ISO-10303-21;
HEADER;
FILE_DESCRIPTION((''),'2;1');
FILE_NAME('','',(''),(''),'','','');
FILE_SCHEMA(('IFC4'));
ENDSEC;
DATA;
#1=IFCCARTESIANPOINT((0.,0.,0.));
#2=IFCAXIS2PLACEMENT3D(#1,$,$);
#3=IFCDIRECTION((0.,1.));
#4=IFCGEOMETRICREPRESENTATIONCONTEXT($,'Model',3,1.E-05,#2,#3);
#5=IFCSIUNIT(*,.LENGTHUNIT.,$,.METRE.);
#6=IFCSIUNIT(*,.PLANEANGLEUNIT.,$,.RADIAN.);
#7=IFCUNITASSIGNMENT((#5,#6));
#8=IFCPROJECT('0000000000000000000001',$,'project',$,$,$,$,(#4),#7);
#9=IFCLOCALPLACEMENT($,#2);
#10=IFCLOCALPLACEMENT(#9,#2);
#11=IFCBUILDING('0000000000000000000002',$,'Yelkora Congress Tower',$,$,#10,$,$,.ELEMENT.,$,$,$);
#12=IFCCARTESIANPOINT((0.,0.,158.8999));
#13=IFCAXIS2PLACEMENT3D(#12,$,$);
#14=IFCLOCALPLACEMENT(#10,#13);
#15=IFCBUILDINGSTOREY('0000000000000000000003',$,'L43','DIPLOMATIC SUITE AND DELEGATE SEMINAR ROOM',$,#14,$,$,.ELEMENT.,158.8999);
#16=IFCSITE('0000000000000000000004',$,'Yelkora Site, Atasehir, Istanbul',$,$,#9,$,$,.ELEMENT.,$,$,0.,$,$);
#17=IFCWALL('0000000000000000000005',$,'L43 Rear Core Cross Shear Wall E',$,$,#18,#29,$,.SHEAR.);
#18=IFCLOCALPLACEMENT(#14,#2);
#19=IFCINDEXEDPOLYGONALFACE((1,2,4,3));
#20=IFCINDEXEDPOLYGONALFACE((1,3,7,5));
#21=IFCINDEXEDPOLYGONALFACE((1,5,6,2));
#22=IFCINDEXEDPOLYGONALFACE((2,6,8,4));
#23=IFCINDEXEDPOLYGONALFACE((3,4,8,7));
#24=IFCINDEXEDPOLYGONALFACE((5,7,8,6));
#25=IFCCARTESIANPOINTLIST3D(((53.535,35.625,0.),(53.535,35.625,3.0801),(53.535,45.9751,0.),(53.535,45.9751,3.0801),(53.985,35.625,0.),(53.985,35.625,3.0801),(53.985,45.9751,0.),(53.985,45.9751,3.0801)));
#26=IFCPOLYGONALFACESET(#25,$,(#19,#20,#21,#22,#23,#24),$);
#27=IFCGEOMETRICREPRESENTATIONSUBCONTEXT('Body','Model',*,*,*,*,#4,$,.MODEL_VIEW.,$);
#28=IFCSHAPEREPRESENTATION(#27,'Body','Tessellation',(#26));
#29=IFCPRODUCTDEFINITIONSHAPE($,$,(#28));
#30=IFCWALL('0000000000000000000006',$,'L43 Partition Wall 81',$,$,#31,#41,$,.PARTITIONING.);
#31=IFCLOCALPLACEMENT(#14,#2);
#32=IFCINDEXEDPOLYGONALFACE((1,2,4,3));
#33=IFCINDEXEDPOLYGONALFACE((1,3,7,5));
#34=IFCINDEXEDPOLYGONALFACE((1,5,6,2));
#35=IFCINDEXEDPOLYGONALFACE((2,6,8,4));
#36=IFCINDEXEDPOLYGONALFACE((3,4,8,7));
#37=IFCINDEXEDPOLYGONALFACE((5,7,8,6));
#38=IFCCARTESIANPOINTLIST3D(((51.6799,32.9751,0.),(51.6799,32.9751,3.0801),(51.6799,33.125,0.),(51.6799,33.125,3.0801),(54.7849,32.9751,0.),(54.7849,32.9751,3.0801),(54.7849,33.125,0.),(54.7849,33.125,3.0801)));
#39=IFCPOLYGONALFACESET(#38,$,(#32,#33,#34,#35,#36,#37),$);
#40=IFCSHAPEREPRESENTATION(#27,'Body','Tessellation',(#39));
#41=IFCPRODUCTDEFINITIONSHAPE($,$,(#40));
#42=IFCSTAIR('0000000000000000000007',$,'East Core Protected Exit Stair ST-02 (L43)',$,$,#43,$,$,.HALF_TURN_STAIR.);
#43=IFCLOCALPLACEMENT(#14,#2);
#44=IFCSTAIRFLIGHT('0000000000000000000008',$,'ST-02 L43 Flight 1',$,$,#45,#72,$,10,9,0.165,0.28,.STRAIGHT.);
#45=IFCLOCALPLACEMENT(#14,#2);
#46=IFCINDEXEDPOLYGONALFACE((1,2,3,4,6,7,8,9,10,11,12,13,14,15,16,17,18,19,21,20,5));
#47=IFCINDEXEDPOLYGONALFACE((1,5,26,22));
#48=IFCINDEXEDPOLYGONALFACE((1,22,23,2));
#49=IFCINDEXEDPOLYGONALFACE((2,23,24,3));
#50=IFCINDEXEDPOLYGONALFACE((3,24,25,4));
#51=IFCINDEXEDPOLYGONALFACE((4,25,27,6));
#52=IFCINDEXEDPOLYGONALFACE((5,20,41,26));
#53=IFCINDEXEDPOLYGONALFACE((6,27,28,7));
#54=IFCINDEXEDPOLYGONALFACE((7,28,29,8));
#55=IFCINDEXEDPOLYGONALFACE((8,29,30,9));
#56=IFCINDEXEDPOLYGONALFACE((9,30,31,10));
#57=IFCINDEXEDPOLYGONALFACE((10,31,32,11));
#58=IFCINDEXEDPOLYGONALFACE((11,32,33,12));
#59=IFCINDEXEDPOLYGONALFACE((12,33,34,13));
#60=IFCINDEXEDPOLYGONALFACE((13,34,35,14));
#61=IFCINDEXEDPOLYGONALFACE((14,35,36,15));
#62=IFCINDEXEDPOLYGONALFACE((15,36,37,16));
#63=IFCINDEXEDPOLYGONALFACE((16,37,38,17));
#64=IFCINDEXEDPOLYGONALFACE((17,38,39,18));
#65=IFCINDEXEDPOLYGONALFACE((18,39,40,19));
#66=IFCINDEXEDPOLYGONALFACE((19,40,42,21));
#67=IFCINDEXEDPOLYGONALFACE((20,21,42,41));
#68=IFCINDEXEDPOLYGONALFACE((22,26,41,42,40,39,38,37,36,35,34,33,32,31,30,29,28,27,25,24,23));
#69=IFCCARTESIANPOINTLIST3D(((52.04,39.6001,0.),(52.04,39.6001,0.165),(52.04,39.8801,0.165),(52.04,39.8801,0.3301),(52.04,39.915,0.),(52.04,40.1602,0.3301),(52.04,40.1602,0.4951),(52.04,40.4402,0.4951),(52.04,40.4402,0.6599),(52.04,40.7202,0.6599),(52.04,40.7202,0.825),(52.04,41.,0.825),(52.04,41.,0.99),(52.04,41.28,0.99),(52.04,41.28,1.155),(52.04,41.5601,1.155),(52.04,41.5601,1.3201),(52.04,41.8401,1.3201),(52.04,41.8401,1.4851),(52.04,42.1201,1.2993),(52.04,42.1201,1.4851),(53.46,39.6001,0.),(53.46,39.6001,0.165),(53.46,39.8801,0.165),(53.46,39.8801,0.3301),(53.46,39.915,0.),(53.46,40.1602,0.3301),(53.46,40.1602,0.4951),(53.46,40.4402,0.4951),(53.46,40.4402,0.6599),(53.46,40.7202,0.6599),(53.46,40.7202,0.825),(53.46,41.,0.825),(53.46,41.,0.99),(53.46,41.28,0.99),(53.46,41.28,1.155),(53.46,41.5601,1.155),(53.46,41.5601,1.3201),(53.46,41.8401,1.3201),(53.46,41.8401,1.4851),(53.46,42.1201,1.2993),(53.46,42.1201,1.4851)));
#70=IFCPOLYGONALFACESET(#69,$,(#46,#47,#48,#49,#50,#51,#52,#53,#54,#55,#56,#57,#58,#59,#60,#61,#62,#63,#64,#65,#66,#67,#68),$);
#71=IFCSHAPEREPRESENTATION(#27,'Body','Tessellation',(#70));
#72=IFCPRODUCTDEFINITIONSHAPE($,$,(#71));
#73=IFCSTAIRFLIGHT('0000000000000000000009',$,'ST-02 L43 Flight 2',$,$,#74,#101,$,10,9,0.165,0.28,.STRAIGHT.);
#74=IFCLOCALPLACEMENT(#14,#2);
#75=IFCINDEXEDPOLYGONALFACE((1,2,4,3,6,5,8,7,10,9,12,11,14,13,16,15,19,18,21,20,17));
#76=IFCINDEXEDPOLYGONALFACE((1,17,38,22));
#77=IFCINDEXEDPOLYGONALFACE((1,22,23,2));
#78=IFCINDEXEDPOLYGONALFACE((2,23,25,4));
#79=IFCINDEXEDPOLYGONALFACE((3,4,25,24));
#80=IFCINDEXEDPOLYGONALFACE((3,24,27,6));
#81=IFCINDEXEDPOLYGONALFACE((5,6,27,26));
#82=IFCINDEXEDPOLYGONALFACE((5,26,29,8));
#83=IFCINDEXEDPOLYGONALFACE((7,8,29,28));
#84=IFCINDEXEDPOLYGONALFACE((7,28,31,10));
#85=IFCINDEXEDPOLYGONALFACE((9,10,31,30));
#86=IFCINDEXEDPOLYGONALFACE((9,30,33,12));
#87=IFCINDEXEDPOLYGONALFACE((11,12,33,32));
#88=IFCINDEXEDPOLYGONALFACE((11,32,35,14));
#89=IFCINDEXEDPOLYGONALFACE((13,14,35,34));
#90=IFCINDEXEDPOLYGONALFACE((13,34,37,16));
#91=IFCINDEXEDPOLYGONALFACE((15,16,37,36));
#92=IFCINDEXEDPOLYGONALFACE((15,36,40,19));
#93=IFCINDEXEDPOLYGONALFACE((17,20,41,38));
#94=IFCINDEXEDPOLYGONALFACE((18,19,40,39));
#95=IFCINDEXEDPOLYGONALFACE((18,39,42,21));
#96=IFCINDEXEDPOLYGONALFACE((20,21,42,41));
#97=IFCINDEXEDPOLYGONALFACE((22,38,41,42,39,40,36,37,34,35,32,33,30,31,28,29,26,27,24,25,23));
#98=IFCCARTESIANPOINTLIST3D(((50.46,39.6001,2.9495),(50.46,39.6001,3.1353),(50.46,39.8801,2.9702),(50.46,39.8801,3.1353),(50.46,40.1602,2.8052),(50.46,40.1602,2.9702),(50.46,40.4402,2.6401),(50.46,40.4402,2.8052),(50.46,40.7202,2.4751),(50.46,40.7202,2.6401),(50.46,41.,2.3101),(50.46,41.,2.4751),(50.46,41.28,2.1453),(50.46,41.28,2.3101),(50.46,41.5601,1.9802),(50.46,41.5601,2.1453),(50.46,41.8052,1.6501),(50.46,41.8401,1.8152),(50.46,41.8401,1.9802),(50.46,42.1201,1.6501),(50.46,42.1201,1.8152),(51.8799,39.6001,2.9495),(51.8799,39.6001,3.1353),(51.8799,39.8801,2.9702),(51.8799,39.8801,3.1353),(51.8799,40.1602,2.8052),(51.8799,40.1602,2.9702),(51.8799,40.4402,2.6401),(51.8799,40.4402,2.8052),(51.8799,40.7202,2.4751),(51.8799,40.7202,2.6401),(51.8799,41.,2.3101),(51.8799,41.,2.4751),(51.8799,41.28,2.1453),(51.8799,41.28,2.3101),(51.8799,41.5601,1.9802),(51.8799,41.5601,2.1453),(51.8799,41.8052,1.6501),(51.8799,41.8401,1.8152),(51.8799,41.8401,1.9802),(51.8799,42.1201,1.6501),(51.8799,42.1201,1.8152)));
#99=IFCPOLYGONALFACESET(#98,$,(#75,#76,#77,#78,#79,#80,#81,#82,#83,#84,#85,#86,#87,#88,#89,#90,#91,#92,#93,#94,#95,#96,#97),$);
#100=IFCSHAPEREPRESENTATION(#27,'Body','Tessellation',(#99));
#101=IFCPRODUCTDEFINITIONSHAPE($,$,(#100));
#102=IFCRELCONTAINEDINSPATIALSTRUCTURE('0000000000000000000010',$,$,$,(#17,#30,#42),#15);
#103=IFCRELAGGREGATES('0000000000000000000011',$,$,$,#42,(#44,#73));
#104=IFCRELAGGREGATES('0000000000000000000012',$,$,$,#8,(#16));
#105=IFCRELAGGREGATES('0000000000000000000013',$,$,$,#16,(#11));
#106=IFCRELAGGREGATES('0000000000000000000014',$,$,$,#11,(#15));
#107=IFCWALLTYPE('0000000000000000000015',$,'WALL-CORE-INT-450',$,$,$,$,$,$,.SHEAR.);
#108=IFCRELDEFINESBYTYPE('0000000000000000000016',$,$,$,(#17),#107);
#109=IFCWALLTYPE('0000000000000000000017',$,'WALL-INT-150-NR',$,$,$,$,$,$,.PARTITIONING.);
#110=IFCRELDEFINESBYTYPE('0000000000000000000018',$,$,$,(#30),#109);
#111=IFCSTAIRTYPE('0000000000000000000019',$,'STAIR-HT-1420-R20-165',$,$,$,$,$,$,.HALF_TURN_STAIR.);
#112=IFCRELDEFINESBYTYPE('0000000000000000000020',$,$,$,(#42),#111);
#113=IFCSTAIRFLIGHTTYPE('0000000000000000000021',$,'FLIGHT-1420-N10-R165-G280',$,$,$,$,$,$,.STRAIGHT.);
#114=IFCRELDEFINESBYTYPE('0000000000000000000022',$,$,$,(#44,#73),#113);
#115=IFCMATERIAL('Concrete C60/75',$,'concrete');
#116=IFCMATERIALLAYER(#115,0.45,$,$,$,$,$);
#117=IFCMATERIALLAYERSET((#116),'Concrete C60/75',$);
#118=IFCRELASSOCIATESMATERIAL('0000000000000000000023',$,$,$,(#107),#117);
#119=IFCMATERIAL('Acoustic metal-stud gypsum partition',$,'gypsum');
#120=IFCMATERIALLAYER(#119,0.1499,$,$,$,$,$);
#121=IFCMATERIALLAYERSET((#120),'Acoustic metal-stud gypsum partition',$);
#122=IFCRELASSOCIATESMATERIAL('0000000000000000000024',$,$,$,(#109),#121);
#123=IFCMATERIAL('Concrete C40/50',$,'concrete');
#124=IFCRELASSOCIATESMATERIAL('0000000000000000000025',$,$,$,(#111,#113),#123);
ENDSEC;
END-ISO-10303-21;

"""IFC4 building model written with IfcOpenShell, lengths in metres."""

from ifc_helpers import new_model, si_unit, direction, frame, frame_2d, origin, place, context, subcontext, project, spatial, polyline, rectangle, outline, extrude, material, layer, layer_set, type_object, element, aggregate, save


model = new_model("IFC4")

# Units and contexts
model_context = context("Model", 3, precision=1e-05, world=origin(), true_north=direction((0.0, 1.0)))
body_context = subcontext(model_context, "Body", "Model", "MODEL_VIEW")
ifc_project = project(units=[si_unit("LENGTHUNIT", "METRE"), si_unit("PLANEANGLEUNIT", "RADIAN")], contexts=[model_context])

# Site, building, storey
site_placement = place(None, origin())
site = spatial("IfcSite", under=ifc_project, at=site_placement, Name="Yelkora Site, Atasehir, Istanbul", CompositionType="ELEMENT", RefElevation=0.0)
building_placement = place(site_placement, origin())
building = spatial("IfcBuilding", under=site, at=building_placement, Name="Yelkora Congress Tower", CompositionType="ELEMENT")
storey_placement = place(building_placement, frame((0.0, 0.0, 158.8999)))
storey = spatial("IfcBuildingStorey", under=building, at=storey_placement, Name="L43", Description="DIPLOMATIC SUITE AND DELEGATE SEMINAR ROOM", CompositionType="ELEMENT", Elevation=158.8999)

# Walls
ifc_material_1 = material(Name="Concrete C60/75", Category="concrete")
ifc_layer_1 = layer(ifc_material_1, 0.45)
ifc_layer_set_1 = layer_set([ifc_layer_1], Name="Concrete C60/75")
wall_type_1 = type_object("IfcWallType", Name="WALL-CORE-INT-450", PredefinedType="SHEAR", material=ifc_layer_set_1)
wall_1_placement = place(storey_placement, frame((53.76, 35.625, 0.0), z_axis=(0.0, 0.0, 1.0), x_axis=(0.0, 1.0, 0.0)))
element("IfcWall", 1, at=wall_1_placement, inside=storey, type_object=wall_type_1, Name="L43 Rear Core Cross Shear Wall E", PredefinedType="SHEAR", context=body_context, shape_type="SweptSolid", body=[
    extrude(rectangle(XDim=10.3501, YDim=0.45, at=frame_2d((5.175, 0.0))), origin(), (0.0, 0.0, 1.0), 3.0801),
])
ifc_material_2 = material(Name="Acoustic metal-stud gypsum partition", Category="gypsum")
ifc_layer_2 = layer(ifc_material_2, 0.1499)
ifc_layer_set_2 = layer_set([ifc_layer_2], Name="Acoustic metal-stud gypsum partition")
wall_type_2 = type_object("IfcWallType", Name="WALL-INT-150-NR", PredefinedType="PARTITIONING", material=ifc_layer_set_2)
wall_2_placement = place(storey_placement, frame((51.6799, 33.05, 0.0), z_axis=(0.0, 0.0, 1.0), x_axis=(1.0, 0.0, 0.0)))
element("IfcWall", 2, at=wall_2_placement, inside=storey, type_object=wall_type_2, Name="L43 Partition Wall 81", PredefinedType="PARTITIONING", context=body_context, shape_type="SweptSolid", body=[
    extrude(rectangle(XDim=3.105, YDim=0.1499, at=frame_2d((1.5525, 0.0))), origin(), (0.0, 0.0, 1.0), 3.0801),
])

# Stair, stair flights
ifc_material_3 = material(Name="Concrete C40/50", Category="concrete")
stair_type = type_object("IfcStairType", Name="STAIR-HT-1420-R20-165", PredefinedType="HALF_TURN_STAIR", material=ifc_material_3)
stair_placement = place(storey_placement, origin())
stair = element("IfcStair", 3, at=stair_placement, inside=storey, type_object=stair_type, Name="East Core Protected Exit Stair ST-02 (L43)", PredefinedType="HALF_TURN_STAIR")
stair_flight_type = type_object("IfcStairFlightType", Name="FLIGHT-1420-N10-R165-G280", PredefinedType="STRAIGHT", material=ifc_material_3)
stair_flight_1_placement = place(storey_placement, frame((52.75, 39.6001, 0.0), z_axis=(0.0, 0.0, 1.0), x_axis=(0.0, 1.0, 0.0)))
stair_flight_1 = element("IfcStairFlight", 4, at=stair_flight_1_placement, type_object=stair_flight_type, Name="ST-02 L43 Flight 1", NumberOfRisers=10, NumberOfTreads=9, PredefinedType="STRAIGHT", RiserHeight=0.165, TreadLength=0.28, context=body_context, shape_type="SweptSolid", body=[
    extrude(outline(polyline([(0.0, 0.0), (0.0, 0.165), (0.28, 0.165), (0.28, 0.3301), (0.5601, 0.3301), (0.5601, 0.4951), (0.8401, 0.4951), (0.8401, 0.6599), (1.1201, 0.6599), (1.1201, 0.825), (1.3999, 0.825), (1.3999, 0.99), (1.6799, 0.99), (1.6799, 1.155), (1.96, 1.155), (1.96, 1.3201), (2.24, 1.3201), (2.24, 1.4851), (2.52, 1.4851), (2.52, 1.6499), (2.52, 1.2993), (0.3149, 0.0), (0.0, 0.0)])), frame((0.0, 0.71, 0.0), z_axis=(0.0, -1.0, 0.0), x_axis=(1.0, 0.0, 0.0)), (0.0, 0.0, 1.0), 1.4199),
])
stair_flight_2_placement = place(storey_placement, frame((51.1699, 42.1201, 1.6501), z_axis=(0.0, 0.0, 1.0), x_axis=(0.0, -1.0, 0.0)))
stair_flight_2 = element("IfcStairFlight", 5, at=stair_flight_2_placement, type_object=stair_flight_type, Name="ST-02 L43 Flight 2", NumberOfRisers=10, NumberOfTreads=9, PredefinedType="STRAIGHT", RiserHeight=0.165, TreadLength=0.28, context=body_context, shape_type="SweptSolid", body=[
    extrude(outline(polyline([(0.0, 0.0), (0.0, 0.165), (0.28, 0.165), (0.28, 0.3301), (0.5601, 0.3301), (0.5601, 0.4951), (0.8401, 0.4951), (0.8401, 0.6599), (1.1201, 0.6599), (1.1201, 0.825), (1.3999, 0.825), (1.3999, 0.99), (1.6799, 0.99), (1.6799, 1.155), (1.96, 1.155), (1.96, 1.3201), (2.24, 1.3201), (2.24, 1.4851), (2.52, 1.4851), (2.52, 1.6499), (2.52, 1.2993), (0.3149, 0.0), (0.0, 0.0)])), frame((0.0, 0.71, 0.0), z_axis=(0.0, -1.0, 0.0), x_axis=(1.0, 0.0, 0.0)), (0.0, 0.0, 1.0), 1.4199),
])
aggregate(stair, [stair_flight_1, stair_flight_2])

save(model, "model.ifc")
